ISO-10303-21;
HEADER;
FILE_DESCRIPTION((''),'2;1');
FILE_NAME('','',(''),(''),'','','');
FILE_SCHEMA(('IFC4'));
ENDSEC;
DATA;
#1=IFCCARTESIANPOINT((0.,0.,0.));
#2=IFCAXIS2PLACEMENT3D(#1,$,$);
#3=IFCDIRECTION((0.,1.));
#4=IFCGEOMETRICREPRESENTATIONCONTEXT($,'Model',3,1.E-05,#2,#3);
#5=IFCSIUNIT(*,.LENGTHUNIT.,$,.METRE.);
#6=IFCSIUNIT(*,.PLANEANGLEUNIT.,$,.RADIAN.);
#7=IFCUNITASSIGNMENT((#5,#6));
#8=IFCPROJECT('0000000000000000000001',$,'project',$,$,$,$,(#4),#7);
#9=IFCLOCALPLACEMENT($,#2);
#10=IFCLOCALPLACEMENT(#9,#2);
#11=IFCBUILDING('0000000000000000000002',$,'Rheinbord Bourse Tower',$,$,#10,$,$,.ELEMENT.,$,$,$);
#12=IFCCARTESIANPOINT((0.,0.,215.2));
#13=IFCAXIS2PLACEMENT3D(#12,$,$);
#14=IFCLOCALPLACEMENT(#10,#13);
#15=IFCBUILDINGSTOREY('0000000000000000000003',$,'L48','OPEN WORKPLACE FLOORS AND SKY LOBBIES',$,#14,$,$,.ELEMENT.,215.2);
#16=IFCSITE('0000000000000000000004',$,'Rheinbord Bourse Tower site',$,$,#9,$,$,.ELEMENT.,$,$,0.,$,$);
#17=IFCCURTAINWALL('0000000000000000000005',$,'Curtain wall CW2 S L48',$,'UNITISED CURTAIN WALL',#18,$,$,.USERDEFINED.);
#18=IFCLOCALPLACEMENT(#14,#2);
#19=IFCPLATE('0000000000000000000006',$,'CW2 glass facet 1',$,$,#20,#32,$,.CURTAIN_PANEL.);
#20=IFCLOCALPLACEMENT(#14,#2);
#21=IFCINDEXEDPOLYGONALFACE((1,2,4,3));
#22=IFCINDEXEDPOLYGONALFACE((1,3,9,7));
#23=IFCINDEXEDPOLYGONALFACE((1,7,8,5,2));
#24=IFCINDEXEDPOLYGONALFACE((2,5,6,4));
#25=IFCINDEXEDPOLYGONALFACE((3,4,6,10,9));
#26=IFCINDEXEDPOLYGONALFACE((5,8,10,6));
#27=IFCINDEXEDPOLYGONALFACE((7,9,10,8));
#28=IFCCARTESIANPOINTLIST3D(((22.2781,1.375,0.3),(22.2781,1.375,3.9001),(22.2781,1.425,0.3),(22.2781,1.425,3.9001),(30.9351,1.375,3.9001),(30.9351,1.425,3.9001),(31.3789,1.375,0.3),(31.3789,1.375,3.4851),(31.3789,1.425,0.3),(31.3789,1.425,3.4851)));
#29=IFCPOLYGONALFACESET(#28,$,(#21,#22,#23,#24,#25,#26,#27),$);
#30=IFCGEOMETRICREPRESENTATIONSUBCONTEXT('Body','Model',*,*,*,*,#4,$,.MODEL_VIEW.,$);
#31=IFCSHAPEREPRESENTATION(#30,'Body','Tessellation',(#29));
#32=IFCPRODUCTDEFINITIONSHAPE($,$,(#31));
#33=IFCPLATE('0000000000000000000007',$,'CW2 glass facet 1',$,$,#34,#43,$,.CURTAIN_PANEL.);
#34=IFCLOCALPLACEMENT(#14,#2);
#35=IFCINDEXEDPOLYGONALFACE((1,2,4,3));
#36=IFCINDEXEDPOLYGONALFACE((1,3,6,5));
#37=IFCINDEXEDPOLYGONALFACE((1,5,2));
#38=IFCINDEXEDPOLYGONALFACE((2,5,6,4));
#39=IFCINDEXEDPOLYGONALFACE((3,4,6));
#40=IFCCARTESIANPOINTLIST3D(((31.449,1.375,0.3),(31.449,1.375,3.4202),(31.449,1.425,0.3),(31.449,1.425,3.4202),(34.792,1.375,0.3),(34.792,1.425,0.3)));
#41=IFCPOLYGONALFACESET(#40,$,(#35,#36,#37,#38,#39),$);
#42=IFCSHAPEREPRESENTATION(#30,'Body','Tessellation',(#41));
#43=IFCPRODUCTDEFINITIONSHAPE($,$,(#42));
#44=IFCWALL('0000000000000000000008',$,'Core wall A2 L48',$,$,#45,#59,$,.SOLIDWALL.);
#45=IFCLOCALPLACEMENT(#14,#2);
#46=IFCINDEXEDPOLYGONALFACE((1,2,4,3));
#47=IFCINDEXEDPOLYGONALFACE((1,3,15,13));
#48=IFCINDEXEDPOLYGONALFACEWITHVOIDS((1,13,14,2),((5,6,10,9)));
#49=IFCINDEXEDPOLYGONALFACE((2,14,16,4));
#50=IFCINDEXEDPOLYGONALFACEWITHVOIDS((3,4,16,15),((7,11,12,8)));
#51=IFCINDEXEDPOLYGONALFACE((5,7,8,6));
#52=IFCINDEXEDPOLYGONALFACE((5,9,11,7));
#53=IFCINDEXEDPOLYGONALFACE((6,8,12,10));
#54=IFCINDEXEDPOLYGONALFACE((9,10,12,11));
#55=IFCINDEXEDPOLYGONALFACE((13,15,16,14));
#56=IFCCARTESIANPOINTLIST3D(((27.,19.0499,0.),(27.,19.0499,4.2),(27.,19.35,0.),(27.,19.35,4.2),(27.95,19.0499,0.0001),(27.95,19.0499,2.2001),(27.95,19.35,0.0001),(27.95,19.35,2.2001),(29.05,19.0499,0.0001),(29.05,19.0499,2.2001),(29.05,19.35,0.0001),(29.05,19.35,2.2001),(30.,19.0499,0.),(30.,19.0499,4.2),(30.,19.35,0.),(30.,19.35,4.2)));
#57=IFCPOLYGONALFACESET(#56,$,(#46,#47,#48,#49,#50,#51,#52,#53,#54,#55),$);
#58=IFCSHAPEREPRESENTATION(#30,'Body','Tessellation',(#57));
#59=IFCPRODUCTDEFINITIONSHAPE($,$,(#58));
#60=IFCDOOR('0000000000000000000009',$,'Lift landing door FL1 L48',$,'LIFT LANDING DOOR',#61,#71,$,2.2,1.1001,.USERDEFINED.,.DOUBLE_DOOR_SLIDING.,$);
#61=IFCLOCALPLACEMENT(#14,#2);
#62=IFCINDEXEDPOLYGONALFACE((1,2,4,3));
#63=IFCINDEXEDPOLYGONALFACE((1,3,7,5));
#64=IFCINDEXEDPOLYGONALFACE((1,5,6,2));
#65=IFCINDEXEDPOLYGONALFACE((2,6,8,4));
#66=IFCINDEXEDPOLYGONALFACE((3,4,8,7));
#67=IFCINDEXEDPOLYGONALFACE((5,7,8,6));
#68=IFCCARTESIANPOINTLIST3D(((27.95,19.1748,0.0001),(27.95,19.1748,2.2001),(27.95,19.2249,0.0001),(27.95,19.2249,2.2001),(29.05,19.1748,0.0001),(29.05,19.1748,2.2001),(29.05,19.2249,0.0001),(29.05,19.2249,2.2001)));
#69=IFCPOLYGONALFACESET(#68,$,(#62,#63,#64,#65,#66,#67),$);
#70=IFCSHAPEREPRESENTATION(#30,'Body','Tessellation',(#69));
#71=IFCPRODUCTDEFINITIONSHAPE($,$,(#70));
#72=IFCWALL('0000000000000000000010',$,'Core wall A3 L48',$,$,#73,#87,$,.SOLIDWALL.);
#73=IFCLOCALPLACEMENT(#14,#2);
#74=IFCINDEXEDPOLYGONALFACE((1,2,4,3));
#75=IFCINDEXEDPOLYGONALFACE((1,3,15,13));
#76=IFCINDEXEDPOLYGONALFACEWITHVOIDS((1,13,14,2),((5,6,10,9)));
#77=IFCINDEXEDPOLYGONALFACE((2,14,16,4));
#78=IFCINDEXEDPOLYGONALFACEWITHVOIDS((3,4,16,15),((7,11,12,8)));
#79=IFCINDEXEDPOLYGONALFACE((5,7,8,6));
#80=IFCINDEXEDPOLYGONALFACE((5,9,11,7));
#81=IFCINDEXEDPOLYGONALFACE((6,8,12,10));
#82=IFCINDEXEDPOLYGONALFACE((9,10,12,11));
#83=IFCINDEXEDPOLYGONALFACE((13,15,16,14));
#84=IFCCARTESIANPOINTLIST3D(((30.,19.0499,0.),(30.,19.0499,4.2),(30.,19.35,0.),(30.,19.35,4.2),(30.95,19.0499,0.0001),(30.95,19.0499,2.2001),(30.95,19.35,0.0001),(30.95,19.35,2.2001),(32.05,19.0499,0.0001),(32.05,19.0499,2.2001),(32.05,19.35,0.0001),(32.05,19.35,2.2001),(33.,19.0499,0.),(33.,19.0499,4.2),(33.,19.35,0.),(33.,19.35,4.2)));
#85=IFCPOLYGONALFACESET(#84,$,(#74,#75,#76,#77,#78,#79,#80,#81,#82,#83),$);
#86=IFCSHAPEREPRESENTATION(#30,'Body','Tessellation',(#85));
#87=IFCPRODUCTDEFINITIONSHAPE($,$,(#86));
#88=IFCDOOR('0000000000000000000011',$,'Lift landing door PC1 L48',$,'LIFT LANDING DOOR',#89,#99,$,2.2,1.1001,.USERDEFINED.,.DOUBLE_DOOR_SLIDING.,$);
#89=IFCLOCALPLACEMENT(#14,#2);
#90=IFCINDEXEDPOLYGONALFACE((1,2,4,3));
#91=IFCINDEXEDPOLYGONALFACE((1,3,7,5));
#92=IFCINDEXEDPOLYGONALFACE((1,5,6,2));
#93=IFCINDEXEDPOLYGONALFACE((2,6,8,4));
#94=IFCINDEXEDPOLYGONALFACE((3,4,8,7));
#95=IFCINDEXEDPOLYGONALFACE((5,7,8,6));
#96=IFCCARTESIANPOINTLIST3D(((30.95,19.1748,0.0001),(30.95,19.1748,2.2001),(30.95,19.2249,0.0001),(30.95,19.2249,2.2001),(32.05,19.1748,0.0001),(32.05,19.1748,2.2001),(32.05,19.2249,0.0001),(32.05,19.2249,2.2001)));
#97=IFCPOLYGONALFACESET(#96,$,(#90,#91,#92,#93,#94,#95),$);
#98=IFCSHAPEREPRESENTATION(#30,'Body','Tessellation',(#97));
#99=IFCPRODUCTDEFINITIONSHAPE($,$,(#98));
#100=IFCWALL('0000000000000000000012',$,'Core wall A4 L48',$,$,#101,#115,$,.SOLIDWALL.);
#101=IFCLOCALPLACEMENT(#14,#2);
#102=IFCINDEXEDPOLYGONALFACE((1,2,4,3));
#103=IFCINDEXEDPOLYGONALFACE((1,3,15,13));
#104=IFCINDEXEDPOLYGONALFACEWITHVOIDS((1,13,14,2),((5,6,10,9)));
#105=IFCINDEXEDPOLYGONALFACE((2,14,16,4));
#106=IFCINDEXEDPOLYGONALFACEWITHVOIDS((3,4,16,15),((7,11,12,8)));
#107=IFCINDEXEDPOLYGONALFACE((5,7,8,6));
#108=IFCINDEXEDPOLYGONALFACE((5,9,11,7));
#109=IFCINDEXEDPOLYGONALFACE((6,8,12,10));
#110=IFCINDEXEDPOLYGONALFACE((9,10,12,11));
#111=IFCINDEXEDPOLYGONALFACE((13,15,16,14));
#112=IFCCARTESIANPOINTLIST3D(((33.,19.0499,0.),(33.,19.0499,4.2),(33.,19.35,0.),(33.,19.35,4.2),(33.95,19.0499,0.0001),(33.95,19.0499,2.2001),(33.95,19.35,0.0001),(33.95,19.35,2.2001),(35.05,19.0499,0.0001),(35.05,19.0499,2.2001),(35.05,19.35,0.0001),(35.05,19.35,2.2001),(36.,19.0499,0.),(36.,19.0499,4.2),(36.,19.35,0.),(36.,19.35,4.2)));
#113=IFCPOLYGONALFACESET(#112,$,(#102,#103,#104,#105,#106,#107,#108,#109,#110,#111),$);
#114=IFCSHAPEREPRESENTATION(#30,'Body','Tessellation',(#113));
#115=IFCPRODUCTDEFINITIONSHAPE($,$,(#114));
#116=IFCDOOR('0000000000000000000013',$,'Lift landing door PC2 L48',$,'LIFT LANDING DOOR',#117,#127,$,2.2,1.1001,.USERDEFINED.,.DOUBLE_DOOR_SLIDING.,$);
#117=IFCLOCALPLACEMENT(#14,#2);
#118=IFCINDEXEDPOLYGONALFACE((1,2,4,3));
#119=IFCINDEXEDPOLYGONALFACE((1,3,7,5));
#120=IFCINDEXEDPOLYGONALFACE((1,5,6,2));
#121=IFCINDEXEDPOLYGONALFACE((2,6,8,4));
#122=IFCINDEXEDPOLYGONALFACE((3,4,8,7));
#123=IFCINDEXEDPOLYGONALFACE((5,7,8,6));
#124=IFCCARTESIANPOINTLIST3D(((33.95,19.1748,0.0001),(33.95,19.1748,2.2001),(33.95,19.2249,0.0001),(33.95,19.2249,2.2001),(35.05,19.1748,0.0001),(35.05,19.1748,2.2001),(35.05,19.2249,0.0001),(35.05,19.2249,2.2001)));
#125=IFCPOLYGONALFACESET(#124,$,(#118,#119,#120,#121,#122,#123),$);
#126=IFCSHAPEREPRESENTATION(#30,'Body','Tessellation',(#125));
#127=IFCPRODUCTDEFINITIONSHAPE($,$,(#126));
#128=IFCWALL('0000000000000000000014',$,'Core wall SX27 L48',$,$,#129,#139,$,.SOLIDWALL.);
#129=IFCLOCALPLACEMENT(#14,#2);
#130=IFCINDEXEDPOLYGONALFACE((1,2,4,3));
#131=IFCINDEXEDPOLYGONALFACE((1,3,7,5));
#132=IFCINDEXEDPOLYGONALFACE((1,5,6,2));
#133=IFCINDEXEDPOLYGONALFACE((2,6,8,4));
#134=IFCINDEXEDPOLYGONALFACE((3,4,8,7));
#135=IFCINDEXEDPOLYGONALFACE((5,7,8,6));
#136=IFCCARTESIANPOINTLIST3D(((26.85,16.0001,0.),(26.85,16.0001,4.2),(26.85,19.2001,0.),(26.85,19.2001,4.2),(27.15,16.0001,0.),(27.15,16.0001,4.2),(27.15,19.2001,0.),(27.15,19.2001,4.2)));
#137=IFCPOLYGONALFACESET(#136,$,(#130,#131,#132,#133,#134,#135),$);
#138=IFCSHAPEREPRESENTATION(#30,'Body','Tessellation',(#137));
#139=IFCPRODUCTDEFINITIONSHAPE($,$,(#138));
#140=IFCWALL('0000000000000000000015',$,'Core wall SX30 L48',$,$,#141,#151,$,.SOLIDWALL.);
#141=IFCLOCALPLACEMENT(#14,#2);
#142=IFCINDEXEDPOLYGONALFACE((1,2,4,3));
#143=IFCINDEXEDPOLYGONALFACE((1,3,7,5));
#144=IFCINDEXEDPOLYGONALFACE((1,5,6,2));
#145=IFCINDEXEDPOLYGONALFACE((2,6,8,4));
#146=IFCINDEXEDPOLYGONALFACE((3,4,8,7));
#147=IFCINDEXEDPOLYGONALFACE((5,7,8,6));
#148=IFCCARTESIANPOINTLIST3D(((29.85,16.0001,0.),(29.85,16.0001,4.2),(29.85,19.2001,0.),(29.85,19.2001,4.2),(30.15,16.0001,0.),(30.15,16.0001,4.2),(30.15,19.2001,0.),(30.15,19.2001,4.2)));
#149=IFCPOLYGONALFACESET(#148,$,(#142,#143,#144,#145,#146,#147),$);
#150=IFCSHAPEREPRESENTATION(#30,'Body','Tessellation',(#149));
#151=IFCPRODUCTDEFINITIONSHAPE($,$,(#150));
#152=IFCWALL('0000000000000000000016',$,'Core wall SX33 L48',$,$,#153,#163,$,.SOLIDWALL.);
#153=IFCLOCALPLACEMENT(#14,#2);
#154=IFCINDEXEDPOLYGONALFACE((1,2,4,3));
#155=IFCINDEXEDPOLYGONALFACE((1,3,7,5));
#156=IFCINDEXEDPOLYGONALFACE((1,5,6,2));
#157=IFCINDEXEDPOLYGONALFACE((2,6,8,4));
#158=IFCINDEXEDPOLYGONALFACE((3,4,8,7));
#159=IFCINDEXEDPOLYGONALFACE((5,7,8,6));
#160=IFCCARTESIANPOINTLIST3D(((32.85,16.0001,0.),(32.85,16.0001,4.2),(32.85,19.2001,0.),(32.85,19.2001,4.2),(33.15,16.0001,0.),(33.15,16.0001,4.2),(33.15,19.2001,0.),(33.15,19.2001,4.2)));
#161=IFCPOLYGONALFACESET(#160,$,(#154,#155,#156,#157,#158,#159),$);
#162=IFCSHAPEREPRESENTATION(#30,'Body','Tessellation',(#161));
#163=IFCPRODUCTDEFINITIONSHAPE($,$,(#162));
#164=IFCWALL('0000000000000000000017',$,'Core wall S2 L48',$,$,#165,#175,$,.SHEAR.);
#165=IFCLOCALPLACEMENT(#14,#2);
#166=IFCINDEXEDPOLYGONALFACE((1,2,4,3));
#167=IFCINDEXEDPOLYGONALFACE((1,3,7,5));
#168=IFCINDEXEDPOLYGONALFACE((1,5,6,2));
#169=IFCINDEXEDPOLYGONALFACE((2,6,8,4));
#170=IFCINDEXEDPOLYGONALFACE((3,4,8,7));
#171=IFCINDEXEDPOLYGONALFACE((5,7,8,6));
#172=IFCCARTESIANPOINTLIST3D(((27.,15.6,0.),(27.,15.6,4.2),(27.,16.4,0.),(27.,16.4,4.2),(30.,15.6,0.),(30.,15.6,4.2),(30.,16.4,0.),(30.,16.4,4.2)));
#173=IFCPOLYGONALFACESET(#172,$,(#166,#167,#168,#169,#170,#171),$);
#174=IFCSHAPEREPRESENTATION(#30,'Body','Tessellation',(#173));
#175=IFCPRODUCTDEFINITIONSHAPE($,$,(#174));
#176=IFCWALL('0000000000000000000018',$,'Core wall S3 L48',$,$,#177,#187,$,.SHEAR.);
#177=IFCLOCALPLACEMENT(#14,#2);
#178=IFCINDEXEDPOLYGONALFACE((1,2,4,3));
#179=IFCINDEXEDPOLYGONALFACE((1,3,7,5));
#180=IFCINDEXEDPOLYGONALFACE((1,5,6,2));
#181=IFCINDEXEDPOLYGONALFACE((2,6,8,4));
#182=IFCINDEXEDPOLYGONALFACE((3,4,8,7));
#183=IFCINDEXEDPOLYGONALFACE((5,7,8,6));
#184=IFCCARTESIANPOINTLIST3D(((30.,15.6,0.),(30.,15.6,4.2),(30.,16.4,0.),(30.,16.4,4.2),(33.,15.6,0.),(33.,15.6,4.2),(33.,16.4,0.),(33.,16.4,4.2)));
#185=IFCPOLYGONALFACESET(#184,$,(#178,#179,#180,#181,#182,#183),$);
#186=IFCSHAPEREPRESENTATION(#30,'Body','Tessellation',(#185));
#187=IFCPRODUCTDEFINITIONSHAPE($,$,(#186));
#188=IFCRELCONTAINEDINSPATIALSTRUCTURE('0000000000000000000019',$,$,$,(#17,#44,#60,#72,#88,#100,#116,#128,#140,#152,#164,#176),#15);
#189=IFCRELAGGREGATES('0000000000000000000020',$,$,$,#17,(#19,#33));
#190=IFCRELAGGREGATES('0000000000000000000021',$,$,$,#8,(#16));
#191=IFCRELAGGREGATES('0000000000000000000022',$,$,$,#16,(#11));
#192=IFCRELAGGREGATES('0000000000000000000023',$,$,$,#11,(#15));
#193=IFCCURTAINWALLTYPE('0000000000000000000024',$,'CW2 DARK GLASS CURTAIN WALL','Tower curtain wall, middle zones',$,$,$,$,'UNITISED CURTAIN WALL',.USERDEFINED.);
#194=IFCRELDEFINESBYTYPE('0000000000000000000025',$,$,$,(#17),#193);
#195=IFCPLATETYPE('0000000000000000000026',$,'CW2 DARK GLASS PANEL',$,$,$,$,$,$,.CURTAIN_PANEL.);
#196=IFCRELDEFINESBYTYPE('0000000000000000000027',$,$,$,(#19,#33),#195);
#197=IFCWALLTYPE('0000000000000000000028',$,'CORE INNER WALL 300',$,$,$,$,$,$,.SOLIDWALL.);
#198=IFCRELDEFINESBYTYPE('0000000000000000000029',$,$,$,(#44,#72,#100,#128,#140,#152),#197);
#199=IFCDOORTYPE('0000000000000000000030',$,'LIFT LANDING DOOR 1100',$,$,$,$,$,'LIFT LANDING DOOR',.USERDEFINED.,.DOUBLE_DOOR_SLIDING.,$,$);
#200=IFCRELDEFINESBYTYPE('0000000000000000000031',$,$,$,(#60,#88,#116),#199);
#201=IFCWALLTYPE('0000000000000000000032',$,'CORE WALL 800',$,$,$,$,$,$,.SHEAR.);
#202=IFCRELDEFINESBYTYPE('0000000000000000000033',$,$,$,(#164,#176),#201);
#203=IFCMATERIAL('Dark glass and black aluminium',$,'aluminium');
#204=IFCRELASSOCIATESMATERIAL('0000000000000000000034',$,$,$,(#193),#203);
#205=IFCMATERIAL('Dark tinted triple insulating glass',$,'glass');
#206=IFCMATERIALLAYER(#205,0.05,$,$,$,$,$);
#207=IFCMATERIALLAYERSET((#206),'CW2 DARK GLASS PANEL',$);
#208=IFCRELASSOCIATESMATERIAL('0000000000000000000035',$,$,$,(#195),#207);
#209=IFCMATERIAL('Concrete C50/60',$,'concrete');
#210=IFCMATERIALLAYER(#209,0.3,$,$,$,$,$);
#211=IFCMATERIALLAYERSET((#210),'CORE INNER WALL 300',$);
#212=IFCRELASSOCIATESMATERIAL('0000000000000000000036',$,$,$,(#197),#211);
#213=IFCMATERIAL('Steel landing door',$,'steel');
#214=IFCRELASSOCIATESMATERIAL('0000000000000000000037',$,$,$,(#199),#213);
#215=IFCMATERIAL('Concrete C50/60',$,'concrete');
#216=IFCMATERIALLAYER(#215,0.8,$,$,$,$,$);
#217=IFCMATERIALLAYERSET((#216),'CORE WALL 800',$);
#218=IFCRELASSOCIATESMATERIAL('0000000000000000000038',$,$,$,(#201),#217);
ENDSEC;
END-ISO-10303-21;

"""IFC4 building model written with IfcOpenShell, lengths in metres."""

from ifc_helpers import new_model, si_unit, direction, frame, frame_2d, origin, place, context, subcontext, project, spatial, polyline, rectangle, outline, extrude, material, layer, layer_set, type_object, element, fill, aggregate, save


model = new_model("IFC4")

# Units and contexts
model_context = context("Model", 3, precision=1e-05, world=origin(), true_north=direction((0.0, 1.0)))
body_context = subcontext(model_context, "Body", "Model", "MODEL_VIEW")
ifc_project = project(units=[si_unit("LENGTHUNIT", "METRE"), si_unit("PLANEANGLEUNIT", "RADIAN")], contexts=[model_context])

# Site, building, storey
site_placement = place(None, origin())
site = spatial("IfcSite", under=ifc_project, at=site_placement, Name="Rheinbord Bourse Tower site", CompositionType="ELEMENT", RefElevation=0.0)
building_placement = place(site_placement, origin())
building = spatial("IfcBuilding", under=site, at=building_placement, Name="Rheinbord Bourse Tower", CompositionType="ELEMENT")
storey_placement = place(building_placement, frame((0.0, 0.0, 215.2)))
storey = spatial("IfcBuildingStorey", under=building, at=storey_placement, Name="L48", Description="OPEN WORKPLACE FLOORS AND SKY LOBBIES", CompositionType="ELEMENT", Elevation=215.2)

# Curtain wall
ifc_material_1 = material(Name="Dark glass and black aluminium", Category="aluminium")
curtain_wall_type = type_object("IfcCurtainWallType", Name="CW2 DARK GLASS CURTAIN WALL", Description="Tower curtain wall, middle zones", ElementType="UNITISED CURTAIN WALL", PredefinedType="USERDEFINED", material=ifc_material_1)
curtain_wall_placement = place(storey_placement, origin())
curtain_wall = element("IfcCurtainWall", 1, at=curtain_wall_placement, inside=storey, type_object=curtain_wall_type, Name="Curtain wall CW2 S L48", ObjectType="UNITISED CURTAIN WALL", PredefinedType="USERDEFINED")

# Plates
ifc_material_2 = material(Name="Dark tinted triple insulating glass", Category="glass")
ifc_layer_1 = layer(ifc_material_2, 0.05)
ifc_layer_set_1 = layer_set([ifc_layer_1], Name="CW2 DARK GLASS PANEL")
plate_type = type_object("IfcPlateType", Name="CW2 DARK GLASS PANEL", PredefinedType="CURTAIN_PANEL", material=ifc_layer_set_1)
plate_1_placement = place(storey_placement, frame((31.3789, 1.375, 0.3), z_axis=(0.0, 1.0, 0.0), x_axis=(-1.0, 0.0, 0.0)))
plate_1 = element("IfcPlate", 2, at=plate_1_placement, type_object=plate_type, Name="CW2 glass facet 1", PredefinedType="CURTAIN_PANEL", context=body_context, shape_type="SweptSolid", body=[
    extrude(outline(polyline([(0.0, 0.0), (9.1008, 0.0), (9.1008, 3.6001), (0.4438, 3.6001), (0.0, 3.1851), (0.0, 0.0)])), origin(), (0.0, 0.0, 1.0), 0.05),
])
plate_2_placement = place(storey_placement, frame((31.449, 1.375, 0.3), z_axis=(0.0, 1.0, 0.0), x_axis=(0.0, 0.0, 1.0)))
plate_2 = element("IfcPlate", 3, at=plate_2_placement, type_object=plate_type, Name="CW2 glass facet 1", PredefinedType="CURTAIN_PANEL", context=body_context, shape_type="SweptSolid", body=[
    extrude(outline(polyline([(0.0, 0.0), (3.1201, 0.0), (0.0, 3.343), (0.0, 0.0)])), origin(), (0.0, 0.0, 1.0), 0.05),
])
aggregate(curtain_wall, [plate_1, plate_2])

# Walls, openings, doors
ifc_material_3 = material(Name="Concrete C50/60", Category="concrete")
ifc_layer_2 = layer(ifc_material_3, 0.3)
ifc_layer_set_2 = layer_set([ifc_layer_2], Name="CORE INNER WALL 300")
wall_type_1 = type_object("IfcWallType", Name="CORE INNER WALL 300", PredefinedType="SOLIDWALL", material=ifc_layer_set_2)
wall_1_placement = place(storey_placement, frame((27.0, 19.2, 0.0), z_axis=(0.0, 0.0, 1.0), x_axis=(1.0, 0.0, 0.0)))
wall_1 = element("IfcWall", 4, at=wall_1_placement, inside=storey, type_object=wall_type_1, Name="Core wall A2 L48", PredefinedType="SOLIDWALL", context=body_context, shape_type="SweptSolid", body=[
    extrude(rectangle(XDim=3.0, YDim=0.3, at=frame_2d((1.5, 0.0))), origin(), (0.0, 0.0, 1.0), 4.2),
])
opening_1_placement = place(wall_1_placement, frame((0.95, 0.0, 0.0)))
opening_1 = element("IfcOpeningElement", 5, at=opening_1_placement, cuts=wall_1, PredefinedType="OPENING", context=body_context, shape_type="SweptSolid", body=[
    extrude(rectangle(XDim=1.1001, YDim=2.2, at=frame_2d((0.55, 1.1001))), frame((0.0, 0.1599, 0.0), z_axis=(0.0, -1.0, 0.0), x_axis=(1.0, 0.0, 0.0)), (0.0, 0.0, 1.0), 0.3201),
])
ifc_material_4 = material(Name="Steel landing door", Category="steel")
door_type_1 = type_object("IfcDoorType", Name="LIFT LANDING DOOR 1100", ElementType="LIFT LANDING DOOR", OperationType="DOUBLE_DOOR_SLIDING", PredefinedType="USERDEFINED", material=ifc_material_4)
door_1_placement = place(opening_1_placement, origin())
door_1 = element("IfcDoor", 6, at=door_1_placement, inside=storey, type_object=door_type_1, Name="Lift landing door FL1 L48", ObjectType="LIFT LANDING DOOR", OperationType="DOUBLE_DOOR_SLIDING", OverallHeight=2.2, OverallWidth=1.1001, PredefinedType="USERDEFINED", context=body_context, shape_type="SweptSolid", body=[
    extrude(rectangle(XDim=1.1001, YDim=2.2, at=frame_2d((0.55, 1.1001))), frame((0.0, 0.0249, 0.0), z_axis=(0.0, -1.0, 0.0), x_axis=(1.0, 0.0, 0.0)), (0.0, 0.0, 1.0), 0.05),
])
fill(opening_1, door_1)
wall_2_placement = place(storey_placement, frame((30.0, 19.2, 0.0), z_axis=(0.0, 0.0, 1.0), x_axis=(1.0, 0.0, 0.0)))
wall_2 = element("IfcWall", 7, at=wall_2_placement, inside=storey, type_object=wall_type_1, Name="Core wall A3 L48", PredefinedType="SOLIDWALL", context=body_context, shape_type="SweptSolid", body=[
    extrude(rectangle(XDim=3.0, YDim=0.3, at=frame_2d((1.5, 0.0))), origin(), (0.0, 0.0, 1.0), 4.2),
])
opening_2_placement = place(wall_2_placement, frame((0.95, 0.0, 0.0)))
opening_2 = element("IfcOpeningElement", 8, at=opening_2_placement, cuts=wall_2, PredefinedType="OPENING", context=body_context, shape_type="SweptSolid", body=[
    extrude(rectangle(XDim=1.1001, YDim=2.2, at=frame_2d((0.55, 1.1001))), frame((0.0, 0.1599, 0.0), z_axis=(0.0, -1.0, 0.0), x_axis=(1.0, 0.0, 0.0)), (0.0, 0.0, 1.0), 0.3201),
])
door_2_placement = place(opening_2_placement, origin())
door_2 = element("IfcDoor", 9, at=door_2_placement, inside=storey, type_object=door_type_1, Name="Lift landing door PC1 L48", ObjectType="LIFT LANDING DOOR", OperationType="DOUBLE_DOOR_SLIDING", OverallHeight=2.2, OverallWidth=1.1001, PredefinedType="USERDEFINED", context=body_context, shape_type="SweptSolid", body=[
    extrude(rectangle(XDim=1.1001, YDim=2.2, at=frame_2d((0.55, 1.1001))), frame((0.0, 0.0249, 0.0), z_axis=(0.0, -1.0, 0.0), x_axis=(1.0, 0.0, 0.0)), (0.0, 0.0, 1.0), 0.05),
])
fill(opening_2, door_2)
wall_3_placement = place(storey_placement, frame((33.0, 19.2, 0.0), z_axis=(0.0, 0.0, 1.0), x_axis=(1.0, 0.0, 0.0)))
wall_3 = element("IfcWall", 10, at=wall_3_placement, inside=storey, type_object=wall_type_1, Name="Core wall A4 L48", PredefinedType="SOLIDWALL", context=body_context, shape_type="SweptSolid", body=[
    extrude(rectangle(XDim=3.0, YDim=0.3, at=frame_2d((1.5, 0.0))), origin(), (0.0, 0.0, 1.0), 4.2),
])
opening_3_placement = place(wall_3_placement, frame((0.95, 0.0, 0.0)))
opening_3 = element("IfcOpeningElement", 11, at=opening_3_placement, cuts=wall_3, PredefinedType="OPENING", context=body_context, shape_type="SweptSolid", body=[
    extrude(rectangle(XDim=1.1001, YDim=2.2, at=frame_2d((0.55, 1.1001))), frame((0.0, 0.1599, 0.0), z_axis=(0.0, -1.0, 0.0), x_axis=(1.0, 0.0, 0.0)), (0.0, 0.0, 1.0), 0.3201),
])
door_3_placement = place(opening_3_placement, origin())
door_3 = element("IfcDoor", 12, at=door_3_placement, inside=storey, type_object=door_type_1, Name="Lift landing door PC2 L48", ObjectType="LIFT LANDING DOOR", OperationType="DOUBLE_DOOR_SLIDING", OverallHeight=2.2, OverallWidth=1.1001, PredefinedType="USERDEFINED", context=body_context, shape_type="SweptSolid", body=[
    extrude(rectangle(XDim=1.1001, YDim=2.2, at=frame_2d((0.55, 1.1001))), frame((0.0, 0.0249, 0.0), z_axis=(0.0, -1.0, 0.0), x_axis=(1.0, 0.0, 0.0)), (0.0, 0.0, 1.0), 0.05),
])
fill(opening_3, door_3)

# Walls
for number, where, z_axis, x_axis, name in (
    (13, (27.0, 16.0, 0.0), (0.0, 0.0, 1.0), (0.0, 1.0, 0.0), "Core wall SX27 L48"),
    (14, (30.0, 16.0, 0.0), (0.0, 0.0, 1.0), (0.0, 1.0, 0.0), "Core wall SX30 L48"),
    (15, (33.0, 16.0, 0.0), (0.0, 0.0, 1.0), (0.0, 1.0, 0.0), "Core wall SX33 L48"),
):
    element("IfcWall", number, at=place(storey_placement, frame(where, z_axis=z_axis, x_axis=x_axis)), inside=storey, type_object=wall_type_1, Name=name, PredefinedType="SOLIDWALL", context=body_context, shape_type="SweptSolid", body=[
        extrude(rectangle(XDim=3.2, YDim=0.3, at=frame_2d((1.6001, 0.0))), origin(), (0.0, 0.0, 1.0), 4.2),
    ])
ifc_material_5 = material(Name="Concrete C50/60", Category="concrete")
ifc_layer_3 = layer(ifc_material_5, 0.8)
ifc_layer_set_3 = layer_set([ifc_layer_3], Name="CORE WALL 800")
wall_type_2 = type_object("IfcWallType", Name="CORE WALL 800", PredefinedType="SHEAR", material=ifc_layer_set_3)
for number, where, z_axis, x_axis, name in (
    (16, (27.0, 16.0, 0.0), (0.0, 0.0, 1.0), (1.0, 0.0, 0.0), "Core wall S2 L48"),
    (17, (30.0, 16.0, 0.0), (0.0, 0.0, 1.0), (1.0, 0.0, 0.0), "Core wall S3 L48"),
):
    element("IfcWall", number, at=place(storey_placement, frame(where, z_axis=z_axis, x_axis=x_axis)), inside=storey, type_object=wall_type_2, Name=name, PredefinedType="SHEAR", context=body_context, shape_type="SweptSolid", body=[
        extrude(rectangle(XDim=3.0, YDim=0.8, at=frame_2d((1.5, 0.0))), origin(), (0.0, 0.0, 1.0), 4.2),
    ])

save(model, "model.ifc")
